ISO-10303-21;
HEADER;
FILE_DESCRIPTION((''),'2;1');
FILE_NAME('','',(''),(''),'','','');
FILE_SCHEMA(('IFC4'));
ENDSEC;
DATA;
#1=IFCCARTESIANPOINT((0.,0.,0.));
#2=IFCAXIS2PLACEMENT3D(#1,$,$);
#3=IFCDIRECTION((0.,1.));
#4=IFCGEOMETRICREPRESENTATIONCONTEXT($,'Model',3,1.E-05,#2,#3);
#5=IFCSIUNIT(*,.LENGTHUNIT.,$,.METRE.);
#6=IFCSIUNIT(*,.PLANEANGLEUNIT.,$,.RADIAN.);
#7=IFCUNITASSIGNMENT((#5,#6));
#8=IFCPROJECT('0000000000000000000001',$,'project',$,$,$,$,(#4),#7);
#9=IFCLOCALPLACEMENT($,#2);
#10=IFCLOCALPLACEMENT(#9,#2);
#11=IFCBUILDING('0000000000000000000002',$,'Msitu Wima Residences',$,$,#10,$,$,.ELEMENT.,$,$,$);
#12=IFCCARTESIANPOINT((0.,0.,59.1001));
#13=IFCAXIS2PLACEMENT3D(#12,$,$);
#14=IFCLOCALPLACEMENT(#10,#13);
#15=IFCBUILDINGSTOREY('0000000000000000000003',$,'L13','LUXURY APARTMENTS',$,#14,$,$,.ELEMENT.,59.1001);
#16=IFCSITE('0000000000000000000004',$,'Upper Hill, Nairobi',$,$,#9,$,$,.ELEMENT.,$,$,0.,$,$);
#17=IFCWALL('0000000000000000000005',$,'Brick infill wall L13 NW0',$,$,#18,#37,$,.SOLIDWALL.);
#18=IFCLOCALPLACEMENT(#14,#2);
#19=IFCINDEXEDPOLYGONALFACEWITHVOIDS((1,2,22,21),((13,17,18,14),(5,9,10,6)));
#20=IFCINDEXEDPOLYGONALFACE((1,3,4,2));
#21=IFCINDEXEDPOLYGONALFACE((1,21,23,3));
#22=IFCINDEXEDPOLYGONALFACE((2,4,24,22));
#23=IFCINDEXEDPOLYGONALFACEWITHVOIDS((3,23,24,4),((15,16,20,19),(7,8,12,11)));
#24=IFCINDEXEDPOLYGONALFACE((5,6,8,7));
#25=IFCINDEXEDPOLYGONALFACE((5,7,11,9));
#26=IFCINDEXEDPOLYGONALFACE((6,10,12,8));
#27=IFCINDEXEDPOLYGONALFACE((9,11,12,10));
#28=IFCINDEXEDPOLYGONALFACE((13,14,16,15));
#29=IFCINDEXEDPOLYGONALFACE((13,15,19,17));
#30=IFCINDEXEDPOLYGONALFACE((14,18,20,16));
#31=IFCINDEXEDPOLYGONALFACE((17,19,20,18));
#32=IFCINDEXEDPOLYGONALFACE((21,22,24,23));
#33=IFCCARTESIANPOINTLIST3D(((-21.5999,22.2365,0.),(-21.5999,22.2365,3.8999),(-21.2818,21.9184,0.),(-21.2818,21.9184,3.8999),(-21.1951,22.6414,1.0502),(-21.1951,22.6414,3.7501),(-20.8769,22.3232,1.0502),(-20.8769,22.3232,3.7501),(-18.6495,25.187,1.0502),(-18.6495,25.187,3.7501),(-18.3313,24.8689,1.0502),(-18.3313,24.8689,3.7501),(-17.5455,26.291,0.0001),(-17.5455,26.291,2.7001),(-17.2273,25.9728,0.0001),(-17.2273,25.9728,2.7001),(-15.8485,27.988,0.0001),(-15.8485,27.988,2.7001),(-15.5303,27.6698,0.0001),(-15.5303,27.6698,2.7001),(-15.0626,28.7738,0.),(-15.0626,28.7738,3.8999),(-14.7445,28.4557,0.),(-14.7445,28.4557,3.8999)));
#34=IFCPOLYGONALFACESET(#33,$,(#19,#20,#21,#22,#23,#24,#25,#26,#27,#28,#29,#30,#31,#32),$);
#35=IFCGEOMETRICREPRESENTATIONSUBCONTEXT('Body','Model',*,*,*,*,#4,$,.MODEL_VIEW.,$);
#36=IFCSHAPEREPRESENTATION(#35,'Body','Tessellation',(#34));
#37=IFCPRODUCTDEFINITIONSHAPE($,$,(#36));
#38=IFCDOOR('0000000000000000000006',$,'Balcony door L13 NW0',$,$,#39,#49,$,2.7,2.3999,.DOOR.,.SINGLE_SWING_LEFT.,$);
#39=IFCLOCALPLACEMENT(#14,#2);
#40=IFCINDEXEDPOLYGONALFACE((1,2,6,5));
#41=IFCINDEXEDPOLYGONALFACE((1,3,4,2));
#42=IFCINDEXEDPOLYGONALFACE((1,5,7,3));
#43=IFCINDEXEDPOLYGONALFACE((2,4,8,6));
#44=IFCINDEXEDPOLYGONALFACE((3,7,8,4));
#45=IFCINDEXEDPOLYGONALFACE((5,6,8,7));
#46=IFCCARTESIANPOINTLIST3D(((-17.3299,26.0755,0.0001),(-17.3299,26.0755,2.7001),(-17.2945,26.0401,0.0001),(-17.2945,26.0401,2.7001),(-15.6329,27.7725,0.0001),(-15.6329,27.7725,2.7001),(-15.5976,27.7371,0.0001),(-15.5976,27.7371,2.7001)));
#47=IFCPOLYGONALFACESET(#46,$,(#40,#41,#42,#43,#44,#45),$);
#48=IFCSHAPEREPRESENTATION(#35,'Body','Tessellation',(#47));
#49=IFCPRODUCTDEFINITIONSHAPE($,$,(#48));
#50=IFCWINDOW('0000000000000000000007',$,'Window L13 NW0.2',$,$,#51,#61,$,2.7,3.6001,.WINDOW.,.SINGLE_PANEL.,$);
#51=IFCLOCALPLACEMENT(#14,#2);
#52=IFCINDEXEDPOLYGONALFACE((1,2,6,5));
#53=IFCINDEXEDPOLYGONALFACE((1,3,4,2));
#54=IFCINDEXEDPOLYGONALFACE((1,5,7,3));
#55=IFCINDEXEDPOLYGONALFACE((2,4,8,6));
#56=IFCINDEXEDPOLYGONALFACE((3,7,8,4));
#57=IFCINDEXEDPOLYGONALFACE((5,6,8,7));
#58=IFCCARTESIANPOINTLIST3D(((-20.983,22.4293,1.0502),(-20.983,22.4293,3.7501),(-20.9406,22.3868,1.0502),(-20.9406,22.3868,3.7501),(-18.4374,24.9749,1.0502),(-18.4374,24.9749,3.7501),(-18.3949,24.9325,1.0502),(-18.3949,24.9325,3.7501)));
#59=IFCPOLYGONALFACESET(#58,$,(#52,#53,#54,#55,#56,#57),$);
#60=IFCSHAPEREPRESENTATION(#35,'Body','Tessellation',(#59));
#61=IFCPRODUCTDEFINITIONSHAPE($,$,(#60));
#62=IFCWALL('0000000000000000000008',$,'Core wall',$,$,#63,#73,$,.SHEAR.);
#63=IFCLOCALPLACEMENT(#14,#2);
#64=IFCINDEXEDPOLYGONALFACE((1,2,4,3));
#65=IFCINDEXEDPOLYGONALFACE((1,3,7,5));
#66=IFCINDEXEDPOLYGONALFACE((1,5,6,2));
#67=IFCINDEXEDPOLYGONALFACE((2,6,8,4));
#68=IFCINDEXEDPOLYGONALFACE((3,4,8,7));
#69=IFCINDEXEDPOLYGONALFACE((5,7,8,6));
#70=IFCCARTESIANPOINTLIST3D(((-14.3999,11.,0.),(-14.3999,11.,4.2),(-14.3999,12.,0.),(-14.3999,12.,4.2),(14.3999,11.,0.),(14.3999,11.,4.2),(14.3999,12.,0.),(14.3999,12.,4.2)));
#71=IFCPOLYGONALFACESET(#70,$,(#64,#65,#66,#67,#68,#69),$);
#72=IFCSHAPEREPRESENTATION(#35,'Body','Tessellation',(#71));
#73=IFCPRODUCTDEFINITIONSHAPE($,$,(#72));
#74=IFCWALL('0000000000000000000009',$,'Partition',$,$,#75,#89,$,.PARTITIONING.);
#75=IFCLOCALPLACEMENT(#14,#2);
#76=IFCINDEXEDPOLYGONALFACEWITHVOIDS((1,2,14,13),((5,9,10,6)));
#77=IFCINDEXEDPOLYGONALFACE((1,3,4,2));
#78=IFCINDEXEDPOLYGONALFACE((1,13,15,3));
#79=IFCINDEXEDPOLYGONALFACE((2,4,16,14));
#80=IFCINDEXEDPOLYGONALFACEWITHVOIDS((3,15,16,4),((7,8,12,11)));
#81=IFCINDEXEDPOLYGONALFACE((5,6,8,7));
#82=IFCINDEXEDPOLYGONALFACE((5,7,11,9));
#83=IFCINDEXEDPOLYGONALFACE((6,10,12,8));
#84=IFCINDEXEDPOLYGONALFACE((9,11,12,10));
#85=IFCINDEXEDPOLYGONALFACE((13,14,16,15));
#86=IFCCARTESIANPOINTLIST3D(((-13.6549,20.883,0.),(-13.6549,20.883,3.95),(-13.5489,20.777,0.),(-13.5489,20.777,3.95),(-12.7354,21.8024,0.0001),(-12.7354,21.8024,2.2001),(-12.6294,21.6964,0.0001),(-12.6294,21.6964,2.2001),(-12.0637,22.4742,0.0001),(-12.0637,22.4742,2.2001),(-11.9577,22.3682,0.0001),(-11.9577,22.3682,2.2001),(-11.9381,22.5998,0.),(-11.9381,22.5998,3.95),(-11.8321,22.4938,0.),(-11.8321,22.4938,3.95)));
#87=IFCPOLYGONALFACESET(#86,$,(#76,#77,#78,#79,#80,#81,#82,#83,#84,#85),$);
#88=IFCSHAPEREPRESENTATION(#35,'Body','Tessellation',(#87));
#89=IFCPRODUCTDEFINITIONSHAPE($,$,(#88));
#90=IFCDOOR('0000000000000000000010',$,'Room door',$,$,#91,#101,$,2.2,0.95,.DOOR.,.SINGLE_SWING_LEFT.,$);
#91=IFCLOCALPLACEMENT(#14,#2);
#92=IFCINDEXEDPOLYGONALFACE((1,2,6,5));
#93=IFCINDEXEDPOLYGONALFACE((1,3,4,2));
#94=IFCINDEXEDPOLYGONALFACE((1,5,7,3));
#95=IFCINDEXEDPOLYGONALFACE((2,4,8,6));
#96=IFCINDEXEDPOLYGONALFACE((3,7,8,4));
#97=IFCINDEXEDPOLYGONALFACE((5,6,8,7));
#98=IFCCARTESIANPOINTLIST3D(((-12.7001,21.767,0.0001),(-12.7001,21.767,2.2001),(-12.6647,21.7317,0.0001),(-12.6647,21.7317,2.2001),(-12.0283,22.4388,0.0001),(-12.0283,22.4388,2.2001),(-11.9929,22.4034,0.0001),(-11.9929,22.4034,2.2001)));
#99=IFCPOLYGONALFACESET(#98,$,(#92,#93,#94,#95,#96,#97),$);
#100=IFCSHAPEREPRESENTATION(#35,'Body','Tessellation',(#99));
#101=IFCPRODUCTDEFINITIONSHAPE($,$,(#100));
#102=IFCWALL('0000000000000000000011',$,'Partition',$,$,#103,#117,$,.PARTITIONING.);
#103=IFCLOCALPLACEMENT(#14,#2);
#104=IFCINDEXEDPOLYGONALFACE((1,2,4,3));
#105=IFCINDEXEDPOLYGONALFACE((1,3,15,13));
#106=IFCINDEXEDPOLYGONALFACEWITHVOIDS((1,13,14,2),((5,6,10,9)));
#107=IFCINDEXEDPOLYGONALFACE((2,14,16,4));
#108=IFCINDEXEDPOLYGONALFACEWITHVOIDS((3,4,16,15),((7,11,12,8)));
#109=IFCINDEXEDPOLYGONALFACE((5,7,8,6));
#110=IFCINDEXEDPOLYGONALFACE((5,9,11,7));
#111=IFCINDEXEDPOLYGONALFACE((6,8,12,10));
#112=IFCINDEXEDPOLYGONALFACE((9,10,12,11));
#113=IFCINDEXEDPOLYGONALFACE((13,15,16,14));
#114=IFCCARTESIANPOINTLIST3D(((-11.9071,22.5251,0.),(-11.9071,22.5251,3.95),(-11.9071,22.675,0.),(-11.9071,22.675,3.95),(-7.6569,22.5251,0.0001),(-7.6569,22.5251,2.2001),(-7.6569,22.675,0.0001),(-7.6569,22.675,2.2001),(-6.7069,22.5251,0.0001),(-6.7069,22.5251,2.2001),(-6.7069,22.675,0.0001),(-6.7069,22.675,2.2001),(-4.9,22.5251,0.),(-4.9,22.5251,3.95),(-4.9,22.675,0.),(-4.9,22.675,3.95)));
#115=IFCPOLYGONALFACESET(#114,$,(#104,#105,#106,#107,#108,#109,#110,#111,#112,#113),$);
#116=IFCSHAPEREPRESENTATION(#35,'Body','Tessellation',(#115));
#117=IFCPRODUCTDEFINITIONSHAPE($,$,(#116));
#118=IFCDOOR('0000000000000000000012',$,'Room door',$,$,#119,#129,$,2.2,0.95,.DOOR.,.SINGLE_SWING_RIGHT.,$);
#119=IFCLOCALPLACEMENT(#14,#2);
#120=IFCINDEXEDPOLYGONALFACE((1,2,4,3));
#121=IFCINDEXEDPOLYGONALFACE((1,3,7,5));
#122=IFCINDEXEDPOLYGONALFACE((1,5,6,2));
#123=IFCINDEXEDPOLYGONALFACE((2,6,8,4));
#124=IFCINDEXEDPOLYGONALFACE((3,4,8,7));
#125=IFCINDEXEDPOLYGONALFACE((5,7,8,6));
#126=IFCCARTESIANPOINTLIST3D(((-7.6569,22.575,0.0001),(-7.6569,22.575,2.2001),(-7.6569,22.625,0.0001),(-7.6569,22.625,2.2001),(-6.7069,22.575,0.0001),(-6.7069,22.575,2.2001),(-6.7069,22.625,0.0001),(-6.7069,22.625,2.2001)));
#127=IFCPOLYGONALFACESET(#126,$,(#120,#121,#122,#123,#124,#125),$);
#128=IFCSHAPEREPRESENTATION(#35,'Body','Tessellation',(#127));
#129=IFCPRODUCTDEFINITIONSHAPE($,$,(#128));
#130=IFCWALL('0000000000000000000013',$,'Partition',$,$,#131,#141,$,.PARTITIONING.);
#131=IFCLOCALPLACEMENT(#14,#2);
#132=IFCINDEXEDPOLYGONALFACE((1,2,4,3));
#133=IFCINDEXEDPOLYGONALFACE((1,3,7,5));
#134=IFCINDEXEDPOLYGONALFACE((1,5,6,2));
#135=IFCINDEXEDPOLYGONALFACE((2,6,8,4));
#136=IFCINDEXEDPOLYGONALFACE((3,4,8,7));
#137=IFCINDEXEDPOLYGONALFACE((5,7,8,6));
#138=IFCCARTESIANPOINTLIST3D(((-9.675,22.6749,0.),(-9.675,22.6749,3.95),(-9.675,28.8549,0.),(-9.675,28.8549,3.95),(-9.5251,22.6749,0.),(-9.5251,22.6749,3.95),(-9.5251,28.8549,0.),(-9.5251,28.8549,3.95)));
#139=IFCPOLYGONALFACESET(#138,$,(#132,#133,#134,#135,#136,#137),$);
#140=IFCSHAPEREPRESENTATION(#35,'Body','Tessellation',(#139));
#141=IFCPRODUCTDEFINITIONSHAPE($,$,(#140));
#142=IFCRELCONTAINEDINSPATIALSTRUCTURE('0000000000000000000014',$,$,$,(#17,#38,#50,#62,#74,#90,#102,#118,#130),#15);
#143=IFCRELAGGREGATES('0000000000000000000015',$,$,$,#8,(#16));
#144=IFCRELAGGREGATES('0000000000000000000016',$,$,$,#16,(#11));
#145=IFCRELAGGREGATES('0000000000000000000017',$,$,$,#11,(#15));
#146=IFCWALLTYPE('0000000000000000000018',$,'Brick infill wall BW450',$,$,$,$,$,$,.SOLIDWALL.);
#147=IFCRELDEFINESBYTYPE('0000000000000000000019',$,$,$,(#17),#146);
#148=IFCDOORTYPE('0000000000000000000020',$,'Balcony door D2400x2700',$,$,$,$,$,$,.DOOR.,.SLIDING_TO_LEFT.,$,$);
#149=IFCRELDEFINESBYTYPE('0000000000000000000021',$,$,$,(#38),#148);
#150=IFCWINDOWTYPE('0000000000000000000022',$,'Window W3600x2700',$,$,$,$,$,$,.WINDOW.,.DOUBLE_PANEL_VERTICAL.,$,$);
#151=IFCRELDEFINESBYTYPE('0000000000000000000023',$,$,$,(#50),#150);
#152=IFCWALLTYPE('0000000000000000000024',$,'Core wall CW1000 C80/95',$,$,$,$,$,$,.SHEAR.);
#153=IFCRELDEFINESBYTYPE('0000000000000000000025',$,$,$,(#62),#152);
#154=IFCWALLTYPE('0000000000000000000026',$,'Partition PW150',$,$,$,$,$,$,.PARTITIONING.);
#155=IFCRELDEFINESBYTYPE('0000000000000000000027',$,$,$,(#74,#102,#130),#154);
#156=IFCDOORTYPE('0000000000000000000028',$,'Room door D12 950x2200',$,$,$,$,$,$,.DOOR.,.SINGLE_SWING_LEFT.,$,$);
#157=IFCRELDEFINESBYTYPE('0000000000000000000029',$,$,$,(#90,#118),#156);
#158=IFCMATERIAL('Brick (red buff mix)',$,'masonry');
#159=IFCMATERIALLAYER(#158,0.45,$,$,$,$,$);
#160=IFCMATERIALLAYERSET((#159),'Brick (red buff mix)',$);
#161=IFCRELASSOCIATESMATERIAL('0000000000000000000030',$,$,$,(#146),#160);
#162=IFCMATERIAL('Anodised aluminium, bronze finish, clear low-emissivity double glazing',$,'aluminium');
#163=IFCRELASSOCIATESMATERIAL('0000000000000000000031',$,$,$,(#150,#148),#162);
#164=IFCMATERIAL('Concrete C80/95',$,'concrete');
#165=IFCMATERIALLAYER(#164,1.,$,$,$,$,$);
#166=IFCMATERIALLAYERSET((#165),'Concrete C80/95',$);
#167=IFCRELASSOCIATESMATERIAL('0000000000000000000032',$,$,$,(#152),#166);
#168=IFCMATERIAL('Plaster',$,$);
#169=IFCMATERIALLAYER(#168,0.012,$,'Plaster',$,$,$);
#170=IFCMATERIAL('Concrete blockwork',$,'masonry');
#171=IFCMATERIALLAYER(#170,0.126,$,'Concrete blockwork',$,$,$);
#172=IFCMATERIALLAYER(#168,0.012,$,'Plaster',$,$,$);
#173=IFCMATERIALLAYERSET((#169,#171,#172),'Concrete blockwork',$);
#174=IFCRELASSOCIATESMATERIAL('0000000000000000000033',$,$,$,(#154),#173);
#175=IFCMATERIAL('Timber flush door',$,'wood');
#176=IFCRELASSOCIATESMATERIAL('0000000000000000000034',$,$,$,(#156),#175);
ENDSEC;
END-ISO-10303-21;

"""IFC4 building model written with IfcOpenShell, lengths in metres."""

from ifc_helpers import new_model, si_unit, direction, frame, frame_2d, origin, place, context, subcontext, project, spatial, rectangle, extrude, material, layer, layer_set, type_object, element, fill, save


model = new_model("IFC4")

# Units and contexts
model_context = context("Model", 3, precision=1e-05, world=origin(), true_north=direction((0.0, 1.0)))
body_context = subcontext(model_context, "Body", "Model", "MODEL_VIEW")
ifc_project = project(units=[si_unit("LENGTHUNIT", "METRE"), si_unit("PLANEANGLEUNIT", "RADIAN")], contexts=[model_context])

# Site, building, storey
site_placement = place(None, origin())
site = spatial("IfcSite", under=ifc_project, at=site_placement, Name="Upper Hill, Nairobi", CompositionType="ELEMENT", RefElevation=0.0)
building_placement = place(site_placement, origin())
building = spatial("IfcBuilding", under=site, at=building_placement, Name="Msitu Wima Residences", CompositionType="ELEMENT")
storey_placement = place(building_placement, frame((0.0, 0.0, 59.1001)))
storey = spatial("IfcBuildingStorey", under=building, at=storey_placement, Name="L13", Description="LUXURY APARTMENTS", CompositionType="ELEMENT", Elevation=59.1001)

# Shared definitions
ifc_material_1 = material(Name="Concrete C80/95", Category="concrete")

# Shared definitions
ifc_material_2 = material(Name="Brick (red buff mix)", Category="masonry")
ifc_layer_1 = layer(ifc_material_2, 0.45)
ifc_layer_set_1 = layer_set([ifc_layer_1], Name="Brick (red buff mix)")
wall_type_1 = type_object("IfcWallType", Name="Brick infill wall BW450", PredefinedType="SOLIDWALL", material=ifc_layer_set_1)
ifc_material_3 = material(Name="Anodised aluminium, bronze finish, clear low-emissivity double glazing", Category="aluminium")
window_type = type_object("IfcWindowType", Name="Window W3600x2700", PartitioningType="DOUBLE_PANEL_VERTICAL", PredefinedType="WINDOW", material=ifc_material_3)

# Wall, openings, door, window
wall_1_placement = place(storey_placement, frame((-14.9036, 28.6147, 0.0), z_axis=(0.0, 0.0, 1.0), x_axis=(-0.707107, -0.707107, 0.0)))
wall_1 = element("IfcWall", 1, at=wall_1_placement, inside=storey, type_object=wall_type_1, Name="Brick infill wall L13 NW0", PredefinedType="SOLIDWALL", context=body_context, shape_type="SweptSolid", body=[
    extrude(rectangle(XDim=9.2451, YDim=0.45, at=frame_2d((4.6226, 0.0))), origin(), (0.0, 0.0, 1.0), 3.8999),
])
opening_1_placement = place(wall_1_placement, frame((1.1113, 0.0, 0.0)))
opening_1 = element("IfcOpeningElement", 2, at=opening_1_placement, cuts=wall_1, PredefinedType="OPENING", context=body_context, shape_type="SweptSolid", body=[
    extrude(rectangle(XDim=2.3999, YDim=2.7, at=frame_2d((1.2, 1.3501))), frame((0.0, 0.2349, 0.0), z_axis=(0.0, -1.0, 0.0), x_axis=(1.0, 0.0, 0.0)), (0.0, 0.0, 1.0), 0.47),
])
opening_2_placement = place(wall_1_placement, frame((5.0725, 0.0, 1.05)))
opening_2 = element("IfcOpeningElement", 3, at=opening_2_placement, cuts=wall_1, PredefinedType="OPENING", context=body_context, shape_type="SweptSolid", body=[
    extrude(rectangle(XDim=3.6001, YDim=2.7, at=frame_2d((1.8, 1.3501))), frame((0.0, 0.2349, 0.0), z_axis=(0.0, -1.0, 0.0), x_axis=(1.0, 0.0, 0.0)), (0.0, 0.0, 1.0), 0.47),
])
door_type_1 = type_object("IfcDoorType", Name="Balcony door D2400x2700", OperationType="SLIDING_TO_LEFT", PredefinedType="DOOR", material=ifc_material_3)
door_1_placement = place(opening_1_placement, origin())
door_1 = element("IfcDoor", 4, at=door_1_placement, inside=storey, type_object=door_type_1, Name="Balcony door L13 NW0", OperationType="SINGLE_SWING_LEFT", OverallHeight=2.7, OverallWidth=2.3999, PredefinedType="DOOR", context=body_context, shape_type="SweptSolid", body=[
    extrude(rectangle(XDim=2.3999, YDim=2.7, at=frame_2d((1.2, 1.3501))), frame((0.0, 0.1299, 0.0), z_axis=(0.0, -1.0, 0.0), x_axis=(1.0, 0.0, 0.0)), (0.0, 0.0, 1.0), 0.05),
])
fill(opening_1, door_1)
window_1_placement = place(opening_2_placement, origin())
window_1 = element("IfcWindow", 5, at=window_1_placement, inside=storey, type_object=window_type, Name="Window L13 NW0.2", OverallHeight=2.7, OverallWidth=3.6001, PartitioningType="SINGLE_PANEL", PredefinedType="WINDOW", context=body_context, shape_type="SweptSolid", body=[
    extrude(rectangle(XDim=3.6001, YDim=2.7, at=frame_2d((1.8, 1.3501))), frame((0.0, 0.135, 0.0), z_axis=(0.0, -1.0, 0.0), x_axis=(1.0, 0.0, 0.0)), (0.0, 0.0, 1.0), 0.0601),
])
fill(opening_2, window_1)

# Wall
ifc_layer_2 = layer(ifc_material_1, 1.0)
ifc_layer_set_2 = layer_set([ifc_layer_2], Name="Concrete C80/95")
wall_type_2 = type_object("IfcWallType", Name="Core wall CW1000 C80/95", PredefinedType="SHEAR", material=ifc_layer_set_2)
wall_2_placement = place(storey_placement, frame((-14.3999, 11.5, 0.0), z_axis=(0.0, 0.0, 1.0), x_axis=(1.0, 0.0, 0.0)))
element("IfcWall", 6, at=wall_2_placement, inside=storey, type_object=wall_type_2, Name="Core wall", PredefinedType="SHEAR", context=body_context, shape_type="SweptSolid", body=[
    extrude(rectangle(XDim=28.7998, YDim=1.0, at=frame_2d((14.3999, 0.0))), origin(), (0.0, 0.0, 1.0), 4.2),
])

# Walls, openings, doors
ifc_material_4 = material(Name="Plaster")
ifc_layer_3 = layer(ifc_material_4, 0.012, Name="Plaster")
ifc_material_5 = material(Name="Concrete blockwork", Category="masonry")
ifc_layer_4 = layer(ifc_material_5, 0.126, Name="Concrete blockwork")
ifc_layer_5 = layer(ifc_material_4, 0.012, Name="Plaster")
ifc_layer_set_3 = layer_set([ifc_layer_3, ifc_layer_4, ifc_layer_5], Name="Concrete blockwork")
wall_type_3 = type_object("IfcWallType", Name="Partition PW150", PredefinedType="PARTITIONING", material=ifc_layer_set_3)
wall_3_placement = place(storey_placement, frame((-13.6018, 20.8301, 0.0), z_axis=(0.0, 0.0, 1.0), x_axis=(0.707107, 0.707107, 0.0)))
wall_3 = element("IfcWall", 7, at=wall_3_placement, inside=storey, type_object=wall_type_3, Name="Partition", PredefinedType="PARTITIONING", context=body_context, shape_type="SweptSolid", body=[
    extrude(rectangle(XDim=2.428, YDim=0.1499, at=frame_2d((1.2139, 0.0))), origin(), (0.0, 0.0, 1.0), 3.95),
])
opening_3_placement = place(wall_3_placement, frame((1.3, 0.0, 0.0)))
opening_3 = element("IfcOpeningElement", 8, at=opening_3_placement, cuts=wall_3, PredefinedType="OPENING", context=body_context, shape_type="SweptSolid", body=[
    extrude(rectangle(XDim=0.95, YDim=2.2, at=frame_2d((0.4751, 1.1001))), frame((0.0, 0.085, 0.0), z_axis=(0.0, -1.0, 0.0), x_axis=(1.0, 0.0, 0.0)), (0.0, 0.0, 1.0), 0.1699),
])
ifc_material_6 = material(Name="Timber flush door", Category="wood")
door_type_2 = type_object("IfcDoorType", Name="Room door D12 950x2200", OperationType="SINGLE_SWING_LEFT", PredefinedType="DOOR", material=ifc_material_6)
door_2_placement = place(opening_3_placement, origin())
door_2 = element("IfcDoor", 9, at=door_2_placement, inside=storey, type_object=door_type_2, Name="Room door", OperationType="SINGLE_SWING_LEFT", OverallHeight=2.2, OverallWidth=0.95, PredefinedType="DOOR", context=body_context, shape_type="SweptSolid", body=[
    extrude(rectangle(XDim=0.95, YDim=2.2, at=frame_2d((0.4751, 1.1001))), frame((0.0, 0.0249, 0.0), z_axis=(0.0, -1.0, 0.0), x_axis=(1.0, 0.0, 0.0)), (0.0, 0.0, 1.0), 0.05),
])
fill(opening_3, door_2)
wall_4_placement = place(storey_placement, frame((-11.907, 22.6001, 0.0), z_axis=(0.0, 0.0, 1.0), x_axis=(1.0, 0.0, 0.0)))
wall_4 = element("IfcWall", 10, at=wall_4_placement, inside=storey, type_object=wall_type_3, Name="Partition", PredefinedType="PARTITIONING", context=body_context, shape_type="SweptSolid", body=[
    extrude(rectangle(XDim=7.0071, YDim=0.1499, at=frame_2d((3.5034, 0.0))), origin(), (0.0, 0.0, 1.0), 3.95),
])
opening_4_placement = place(wall_4_placement, frame((4.25, 0.0, 0.0)))
opening_4 = element("IfcOpeningElement", 11, at=opening_4_placement, cuts=wall_4, PredefinedType="OPENING", context=body_context, shape_type="SweptSolid", body=[
    extrude(rectangle(XDim=0.95, YDim=2.2, at=frame_2d((0.4751, 1.1001))), frame((0.0, 0.085, 0.0), z_axis=(0.0, -1.0, 0.0), x_axis=(1.0, 0.0, 0.0)), (0.0, 0.0, 1.0), 0.1699),
])
door_3_placement = place(opening_4_placement, origin())
door_3 = element("IfcDoor", 12, at=door_3_placement, inside=storey, type_object=door_type_2, Name="Room door", OperationType="SINGLE_SWING_RIGHT", OverallHeight=2.2, OverallWidth=0.95, PredefinedType="DOOR", context=body_context, shape_type="SweptSolid", body=[
    extrude(rectangle(XDim=0.95, YDim=2.2, at=frame_2d((0.4751, 1.1001))), frame((0.0, 0.0249, 0.0), z_axis=(0.0, -1.0, 0.0), x_axis=(1.0, 0.0, 0.0)), (0.0, 0.0, 1.0), 0.05),
])
fill(opening_4, door_3)

# Wall
wall_5_placement = place(storey_placement, frame((-9.6001, 22.675, 0.0), z_axis=(0.0, 0.0, 1.0), x_axis=(0.0, 1.0, 0.0)))
element("IfcWall", 13, at=wall_5_placement, inside=storey, type_object=wall_type_3, Name="Partition", PredefinedType="PARTITIONING", context=body_context, shape_type="SweptSolid", body=[
    extrude(rectangle(XDim=6.1799, YDim=0.1499, at=frame_2d((3.0898, 0.0))), origin(), (0.0, 0.0, 1.0), 3.95),
])

save(model, "model.ifc")
